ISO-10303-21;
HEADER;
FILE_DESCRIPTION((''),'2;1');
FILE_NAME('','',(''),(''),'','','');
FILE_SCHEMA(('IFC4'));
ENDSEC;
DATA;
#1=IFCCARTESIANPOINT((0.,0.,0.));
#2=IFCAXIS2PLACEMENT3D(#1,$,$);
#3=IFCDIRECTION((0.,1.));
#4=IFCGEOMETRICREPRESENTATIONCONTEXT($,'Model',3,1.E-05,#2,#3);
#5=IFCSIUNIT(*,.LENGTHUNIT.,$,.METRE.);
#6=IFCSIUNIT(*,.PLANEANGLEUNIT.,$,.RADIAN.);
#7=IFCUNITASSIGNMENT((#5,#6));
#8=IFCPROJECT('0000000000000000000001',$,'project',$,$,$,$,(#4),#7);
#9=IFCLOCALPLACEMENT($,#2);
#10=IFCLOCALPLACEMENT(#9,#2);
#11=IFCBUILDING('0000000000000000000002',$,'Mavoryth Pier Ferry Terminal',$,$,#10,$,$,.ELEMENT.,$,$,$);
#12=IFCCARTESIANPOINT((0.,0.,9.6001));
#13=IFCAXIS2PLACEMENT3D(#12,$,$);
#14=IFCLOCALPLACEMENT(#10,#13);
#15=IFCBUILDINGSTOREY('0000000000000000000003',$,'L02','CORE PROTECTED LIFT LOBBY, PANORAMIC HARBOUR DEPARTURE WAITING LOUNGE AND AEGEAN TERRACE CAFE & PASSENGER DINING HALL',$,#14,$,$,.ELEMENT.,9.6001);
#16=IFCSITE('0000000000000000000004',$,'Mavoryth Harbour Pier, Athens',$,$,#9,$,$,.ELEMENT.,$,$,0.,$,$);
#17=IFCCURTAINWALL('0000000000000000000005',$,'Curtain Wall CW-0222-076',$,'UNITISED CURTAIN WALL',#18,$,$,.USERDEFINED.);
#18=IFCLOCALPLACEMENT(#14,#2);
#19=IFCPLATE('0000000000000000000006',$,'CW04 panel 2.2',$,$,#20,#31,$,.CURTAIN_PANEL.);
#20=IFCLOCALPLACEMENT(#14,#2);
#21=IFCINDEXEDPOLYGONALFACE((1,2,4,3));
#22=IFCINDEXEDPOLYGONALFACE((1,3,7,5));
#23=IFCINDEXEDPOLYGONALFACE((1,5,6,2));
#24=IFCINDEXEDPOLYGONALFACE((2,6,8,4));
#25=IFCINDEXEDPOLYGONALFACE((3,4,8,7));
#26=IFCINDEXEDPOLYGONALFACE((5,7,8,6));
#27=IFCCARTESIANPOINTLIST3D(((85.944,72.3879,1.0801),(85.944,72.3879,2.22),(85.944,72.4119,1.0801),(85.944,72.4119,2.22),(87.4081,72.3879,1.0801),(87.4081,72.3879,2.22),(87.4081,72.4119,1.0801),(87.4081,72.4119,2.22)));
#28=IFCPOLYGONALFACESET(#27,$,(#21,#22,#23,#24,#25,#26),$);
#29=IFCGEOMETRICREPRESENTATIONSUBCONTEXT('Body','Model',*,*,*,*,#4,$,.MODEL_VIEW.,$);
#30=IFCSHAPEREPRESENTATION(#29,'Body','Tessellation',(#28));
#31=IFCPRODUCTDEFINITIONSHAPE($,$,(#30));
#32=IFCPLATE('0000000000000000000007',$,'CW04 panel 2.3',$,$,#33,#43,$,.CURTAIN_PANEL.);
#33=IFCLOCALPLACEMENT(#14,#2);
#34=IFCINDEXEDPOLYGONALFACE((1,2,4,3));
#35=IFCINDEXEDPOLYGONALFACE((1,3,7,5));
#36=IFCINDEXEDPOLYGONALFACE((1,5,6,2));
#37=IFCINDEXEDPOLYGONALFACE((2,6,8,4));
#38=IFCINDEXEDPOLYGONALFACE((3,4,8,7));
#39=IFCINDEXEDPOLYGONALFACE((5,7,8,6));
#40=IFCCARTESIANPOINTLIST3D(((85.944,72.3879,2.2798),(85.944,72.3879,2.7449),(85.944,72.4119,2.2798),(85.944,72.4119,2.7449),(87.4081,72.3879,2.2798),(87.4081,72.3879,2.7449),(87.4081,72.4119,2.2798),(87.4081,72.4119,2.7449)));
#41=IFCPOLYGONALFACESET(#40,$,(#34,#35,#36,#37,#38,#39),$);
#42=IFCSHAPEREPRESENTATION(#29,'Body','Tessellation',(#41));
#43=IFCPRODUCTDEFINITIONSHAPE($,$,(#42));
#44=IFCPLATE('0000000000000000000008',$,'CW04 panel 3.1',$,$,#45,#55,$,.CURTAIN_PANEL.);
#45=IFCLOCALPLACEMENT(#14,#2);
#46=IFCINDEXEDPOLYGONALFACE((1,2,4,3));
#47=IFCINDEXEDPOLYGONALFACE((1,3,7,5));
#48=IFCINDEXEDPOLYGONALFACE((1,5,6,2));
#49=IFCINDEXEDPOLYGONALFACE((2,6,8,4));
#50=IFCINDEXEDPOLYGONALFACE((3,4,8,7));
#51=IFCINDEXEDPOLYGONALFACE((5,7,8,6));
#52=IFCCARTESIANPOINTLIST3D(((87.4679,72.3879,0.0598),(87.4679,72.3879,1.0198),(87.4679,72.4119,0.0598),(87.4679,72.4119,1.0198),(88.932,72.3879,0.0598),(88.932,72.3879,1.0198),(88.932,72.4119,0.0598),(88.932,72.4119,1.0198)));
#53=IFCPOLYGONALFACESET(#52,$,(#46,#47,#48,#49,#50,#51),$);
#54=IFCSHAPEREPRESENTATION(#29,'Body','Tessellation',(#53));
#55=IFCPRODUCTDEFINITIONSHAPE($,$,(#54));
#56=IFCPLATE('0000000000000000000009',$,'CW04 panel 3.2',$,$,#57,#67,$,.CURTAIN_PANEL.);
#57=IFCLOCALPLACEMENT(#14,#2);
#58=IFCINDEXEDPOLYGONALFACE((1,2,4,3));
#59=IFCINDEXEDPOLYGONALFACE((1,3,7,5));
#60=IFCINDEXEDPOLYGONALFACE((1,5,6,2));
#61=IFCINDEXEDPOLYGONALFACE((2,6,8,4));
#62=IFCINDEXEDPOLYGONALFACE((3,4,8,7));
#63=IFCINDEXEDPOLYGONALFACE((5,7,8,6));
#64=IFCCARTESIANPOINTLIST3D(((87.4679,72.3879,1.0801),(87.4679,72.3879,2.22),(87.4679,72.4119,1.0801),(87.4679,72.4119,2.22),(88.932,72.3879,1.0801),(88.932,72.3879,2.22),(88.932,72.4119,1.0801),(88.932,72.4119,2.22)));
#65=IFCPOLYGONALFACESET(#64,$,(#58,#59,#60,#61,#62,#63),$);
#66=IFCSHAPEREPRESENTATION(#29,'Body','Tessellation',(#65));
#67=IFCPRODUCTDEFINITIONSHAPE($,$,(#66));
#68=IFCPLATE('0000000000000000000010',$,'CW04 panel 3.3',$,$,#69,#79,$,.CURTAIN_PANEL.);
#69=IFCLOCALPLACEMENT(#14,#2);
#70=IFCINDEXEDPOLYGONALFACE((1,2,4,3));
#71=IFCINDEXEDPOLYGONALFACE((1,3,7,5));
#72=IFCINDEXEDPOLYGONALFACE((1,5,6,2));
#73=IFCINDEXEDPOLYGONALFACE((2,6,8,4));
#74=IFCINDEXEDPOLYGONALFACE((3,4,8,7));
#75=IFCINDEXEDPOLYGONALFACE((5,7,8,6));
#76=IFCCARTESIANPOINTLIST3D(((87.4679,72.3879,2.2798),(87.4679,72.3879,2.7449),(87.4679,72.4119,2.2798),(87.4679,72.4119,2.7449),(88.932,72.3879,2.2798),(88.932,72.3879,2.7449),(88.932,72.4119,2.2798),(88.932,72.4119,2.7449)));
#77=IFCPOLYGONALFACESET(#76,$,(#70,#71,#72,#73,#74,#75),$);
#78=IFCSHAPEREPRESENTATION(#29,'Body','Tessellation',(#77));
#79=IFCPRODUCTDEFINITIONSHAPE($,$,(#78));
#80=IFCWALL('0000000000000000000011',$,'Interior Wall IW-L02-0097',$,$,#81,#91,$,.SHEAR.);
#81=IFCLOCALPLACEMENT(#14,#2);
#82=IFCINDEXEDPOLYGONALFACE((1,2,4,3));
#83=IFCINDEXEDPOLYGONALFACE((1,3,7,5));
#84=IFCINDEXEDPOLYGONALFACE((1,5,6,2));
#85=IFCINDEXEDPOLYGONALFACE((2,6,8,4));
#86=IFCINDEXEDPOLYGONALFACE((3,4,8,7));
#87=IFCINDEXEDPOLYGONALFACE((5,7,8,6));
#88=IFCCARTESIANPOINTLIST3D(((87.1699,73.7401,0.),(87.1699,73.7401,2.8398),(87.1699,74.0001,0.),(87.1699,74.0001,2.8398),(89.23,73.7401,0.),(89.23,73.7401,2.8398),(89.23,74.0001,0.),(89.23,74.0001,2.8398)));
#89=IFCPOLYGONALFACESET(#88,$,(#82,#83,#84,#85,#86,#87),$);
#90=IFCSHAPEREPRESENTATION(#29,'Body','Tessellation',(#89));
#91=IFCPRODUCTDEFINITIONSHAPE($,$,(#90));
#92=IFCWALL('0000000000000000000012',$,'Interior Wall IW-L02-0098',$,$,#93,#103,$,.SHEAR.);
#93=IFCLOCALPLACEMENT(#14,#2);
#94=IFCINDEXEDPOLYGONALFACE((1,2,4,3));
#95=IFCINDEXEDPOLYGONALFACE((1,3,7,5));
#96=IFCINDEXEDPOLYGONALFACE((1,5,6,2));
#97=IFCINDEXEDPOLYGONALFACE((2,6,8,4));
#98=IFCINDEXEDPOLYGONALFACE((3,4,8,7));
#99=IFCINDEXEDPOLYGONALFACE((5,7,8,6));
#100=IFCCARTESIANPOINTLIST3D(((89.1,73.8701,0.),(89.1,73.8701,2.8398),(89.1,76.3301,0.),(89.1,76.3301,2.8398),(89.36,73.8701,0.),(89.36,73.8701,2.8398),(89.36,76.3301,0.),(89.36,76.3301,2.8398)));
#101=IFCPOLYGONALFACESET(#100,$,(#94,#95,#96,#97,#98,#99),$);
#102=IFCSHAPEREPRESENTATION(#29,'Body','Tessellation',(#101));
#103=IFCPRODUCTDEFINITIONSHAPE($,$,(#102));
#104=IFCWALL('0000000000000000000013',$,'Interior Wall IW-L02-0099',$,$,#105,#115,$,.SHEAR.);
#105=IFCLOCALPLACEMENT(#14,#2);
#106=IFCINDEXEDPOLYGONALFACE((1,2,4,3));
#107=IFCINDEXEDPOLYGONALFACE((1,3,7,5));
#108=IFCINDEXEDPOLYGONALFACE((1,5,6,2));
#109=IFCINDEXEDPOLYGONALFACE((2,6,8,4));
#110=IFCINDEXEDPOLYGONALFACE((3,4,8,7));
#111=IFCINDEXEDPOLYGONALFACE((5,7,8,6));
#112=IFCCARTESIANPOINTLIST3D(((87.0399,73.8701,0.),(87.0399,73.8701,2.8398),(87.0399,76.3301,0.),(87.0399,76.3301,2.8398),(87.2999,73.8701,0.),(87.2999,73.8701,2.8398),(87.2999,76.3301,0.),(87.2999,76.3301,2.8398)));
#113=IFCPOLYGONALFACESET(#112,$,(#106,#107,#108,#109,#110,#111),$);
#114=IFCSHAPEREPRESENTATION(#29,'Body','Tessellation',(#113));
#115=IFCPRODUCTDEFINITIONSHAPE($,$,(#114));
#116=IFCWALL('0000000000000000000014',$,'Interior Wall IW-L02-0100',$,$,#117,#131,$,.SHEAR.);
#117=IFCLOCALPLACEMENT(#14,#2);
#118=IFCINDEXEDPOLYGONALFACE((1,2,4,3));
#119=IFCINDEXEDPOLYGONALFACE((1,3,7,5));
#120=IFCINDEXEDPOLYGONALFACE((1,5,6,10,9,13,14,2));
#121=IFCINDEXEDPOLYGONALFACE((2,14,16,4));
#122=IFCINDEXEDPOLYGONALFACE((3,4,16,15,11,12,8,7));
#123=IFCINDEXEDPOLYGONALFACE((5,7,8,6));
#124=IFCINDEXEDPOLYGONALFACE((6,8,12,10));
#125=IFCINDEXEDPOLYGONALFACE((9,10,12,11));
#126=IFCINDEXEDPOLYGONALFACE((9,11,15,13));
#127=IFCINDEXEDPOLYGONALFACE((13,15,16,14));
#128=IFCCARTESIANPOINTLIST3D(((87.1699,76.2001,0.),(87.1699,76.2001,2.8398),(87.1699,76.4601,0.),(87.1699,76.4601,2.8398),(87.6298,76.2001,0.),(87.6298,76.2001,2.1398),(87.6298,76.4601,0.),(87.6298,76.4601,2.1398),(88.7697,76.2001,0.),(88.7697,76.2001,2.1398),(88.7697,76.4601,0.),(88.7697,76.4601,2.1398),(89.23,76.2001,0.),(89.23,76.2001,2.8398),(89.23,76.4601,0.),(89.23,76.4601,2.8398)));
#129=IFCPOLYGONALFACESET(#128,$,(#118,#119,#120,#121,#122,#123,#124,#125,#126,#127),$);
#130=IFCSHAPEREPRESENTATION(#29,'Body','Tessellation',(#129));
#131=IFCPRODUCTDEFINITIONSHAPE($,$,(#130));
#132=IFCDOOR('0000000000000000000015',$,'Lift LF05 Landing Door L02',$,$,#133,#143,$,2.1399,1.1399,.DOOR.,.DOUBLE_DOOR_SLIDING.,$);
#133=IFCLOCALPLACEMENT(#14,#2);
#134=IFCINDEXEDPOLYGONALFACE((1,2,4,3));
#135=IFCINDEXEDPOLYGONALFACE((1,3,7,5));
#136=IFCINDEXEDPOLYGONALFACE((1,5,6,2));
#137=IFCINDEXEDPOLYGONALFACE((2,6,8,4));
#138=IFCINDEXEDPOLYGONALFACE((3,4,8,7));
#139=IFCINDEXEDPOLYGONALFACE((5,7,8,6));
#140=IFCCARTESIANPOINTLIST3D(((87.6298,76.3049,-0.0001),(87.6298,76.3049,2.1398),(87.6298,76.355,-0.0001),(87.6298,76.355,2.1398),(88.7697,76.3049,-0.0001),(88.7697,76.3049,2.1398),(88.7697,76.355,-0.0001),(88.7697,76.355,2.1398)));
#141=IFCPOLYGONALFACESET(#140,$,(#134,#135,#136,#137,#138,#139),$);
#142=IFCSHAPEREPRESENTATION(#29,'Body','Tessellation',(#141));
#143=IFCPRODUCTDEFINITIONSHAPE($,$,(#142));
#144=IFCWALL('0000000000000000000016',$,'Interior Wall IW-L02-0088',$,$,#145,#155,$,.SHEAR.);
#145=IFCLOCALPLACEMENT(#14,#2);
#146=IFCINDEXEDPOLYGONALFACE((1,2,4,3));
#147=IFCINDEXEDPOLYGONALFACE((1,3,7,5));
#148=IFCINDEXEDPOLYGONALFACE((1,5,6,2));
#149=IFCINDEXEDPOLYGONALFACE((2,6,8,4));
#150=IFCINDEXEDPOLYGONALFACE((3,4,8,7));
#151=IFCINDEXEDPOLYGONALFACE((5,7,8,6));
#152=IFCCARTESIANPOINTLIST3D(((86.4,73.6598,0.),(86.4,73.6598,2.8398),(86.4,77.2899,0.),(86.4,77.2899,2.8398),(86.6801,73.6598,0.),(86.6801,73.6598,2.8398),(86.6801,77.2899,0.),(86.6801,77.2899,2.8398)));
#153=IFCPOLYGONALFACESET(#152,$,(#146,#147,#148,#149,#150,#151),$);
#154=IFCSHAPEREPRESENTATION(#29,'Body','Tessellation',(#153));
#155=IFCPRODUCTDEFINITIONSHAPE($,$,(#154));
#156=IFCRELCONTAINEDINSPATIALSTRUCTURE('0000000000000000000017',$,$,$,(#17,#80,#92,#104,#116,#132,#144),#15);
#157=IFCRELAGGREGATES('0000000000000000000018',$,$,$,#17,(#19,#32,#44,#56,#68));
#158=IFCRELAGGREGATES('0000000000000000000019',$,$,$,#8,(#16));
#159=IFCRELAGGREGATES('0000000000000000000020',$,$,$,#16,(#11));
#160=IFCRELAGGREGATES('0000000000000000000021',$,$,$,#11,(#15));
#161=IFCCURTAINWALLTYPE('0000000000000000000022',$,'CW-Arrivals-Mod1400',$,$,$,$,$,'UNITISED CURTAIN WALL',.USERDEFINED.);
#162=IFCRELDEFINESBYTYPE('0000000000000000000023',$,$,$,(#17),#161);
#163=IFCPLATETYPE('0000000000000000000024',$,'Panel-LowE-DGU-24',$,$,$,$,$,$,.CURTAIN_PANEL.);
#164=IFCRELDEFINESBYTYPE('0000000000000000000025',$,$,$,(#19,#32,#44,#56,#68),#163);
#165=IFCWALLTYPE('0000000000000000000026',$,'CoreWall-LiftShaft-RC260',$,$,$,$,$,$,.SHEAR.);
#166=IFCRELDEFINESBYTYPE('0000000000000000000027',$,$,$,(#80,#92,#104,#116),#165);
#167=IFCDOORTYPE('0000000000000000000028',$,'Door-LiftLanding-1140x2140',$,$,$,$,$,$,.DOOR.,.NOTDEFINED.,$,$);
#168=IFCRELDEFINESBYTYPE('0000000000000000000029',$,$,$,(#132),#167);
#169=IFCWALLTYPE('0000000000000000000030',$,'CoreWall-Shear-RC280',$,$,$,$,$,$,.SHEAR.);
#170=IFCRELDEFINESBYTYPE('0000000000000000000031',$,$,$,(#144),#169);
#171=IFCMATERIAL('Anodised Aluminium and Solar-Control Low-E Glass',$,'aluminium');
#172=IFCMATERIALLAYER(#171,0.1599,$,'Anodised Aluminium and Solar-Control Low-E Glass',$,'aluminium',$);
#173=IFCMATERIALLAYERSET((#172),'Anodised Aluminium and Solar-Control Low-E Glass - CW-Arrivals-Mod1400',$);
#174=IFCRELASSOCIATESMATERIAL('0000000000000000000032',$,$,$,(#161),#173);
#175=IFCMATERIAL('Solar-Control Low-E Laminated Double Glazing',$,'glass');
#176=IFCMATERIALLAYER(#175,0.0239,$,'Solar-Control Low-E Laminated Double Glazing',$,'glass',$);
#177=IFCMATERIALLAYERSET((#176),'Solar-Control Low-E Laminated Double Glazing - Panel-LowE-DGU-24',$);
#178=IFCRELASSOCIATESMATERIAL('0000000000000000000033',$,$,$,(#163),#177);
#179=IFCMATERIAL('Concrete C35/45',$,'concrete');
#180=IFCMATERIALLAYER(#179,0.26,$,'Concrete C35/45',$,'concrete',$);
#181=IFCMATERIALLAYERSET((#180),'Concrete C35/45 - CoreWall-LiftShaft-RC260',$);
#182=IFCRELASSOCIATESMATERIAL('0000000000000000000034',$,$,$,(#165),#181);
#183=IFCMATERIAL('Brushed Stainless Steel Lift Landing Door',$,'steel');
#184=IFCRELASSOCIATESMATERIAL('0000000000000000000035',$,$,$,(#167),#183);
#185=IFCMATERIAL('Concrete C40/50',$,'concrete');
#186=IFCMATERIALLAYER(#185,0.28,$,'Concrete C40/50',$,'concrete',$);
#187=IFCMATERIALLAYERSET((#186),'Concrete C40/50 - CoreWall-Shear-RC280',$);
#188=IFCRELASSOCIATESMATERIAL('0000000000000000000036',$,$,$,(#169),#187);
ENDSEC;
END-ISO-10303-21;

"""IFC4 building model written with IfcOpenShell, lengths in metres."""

from ifc_helpers import new_model, si_unit, direction, frame, frame_2d, origin, origin_2d, place, context, subcontext, project, spatial, rectangle, extrude, material, layer, layer_set, type_object, element, fill, aggregate, save


model = new_model("IFC4")

# Units and contexts
model_context = context("Model", 3, precision=1e-05, world=origin(), true_north=direction((0.0, 1.0)))
body_context = subcontext(model_context, "Body", "Model", "MODEL_VIEW")
ifc_project = project(units=[si_unit("LENGTHUNIT", "METRE"), si_unit("PLANEANGLEUNIT", "RADIAN")], contexts=[model_context])

# Site, building, storey
site_placement = place(None, origin())
site = spatial("IfcSite", under=ifc_project, at=site_placement, Name="Mavoryth Harbour Pier, Athens", CompositionType="ELEMENT", RefElevation=0.0)
building_placement = place(site_placement, origin())
building = spatial("IfcBuilding", under=site, at=building_placement, Name="Mavoryth Pier Ferry Terminal", CompositionType="ELEMENT")
storey_placement = place(building_placement, frame((0.0, 0.0, 9.6001)))
storey = spatial("IfcBuildingStorey", under=building, at=storey_placement, Name="L02", Description="CORE PROTECTED LIFT LOBBY, PANORAMIC HARBOUR DEPARTURE WAITING LOUNGE AND AEGEAN TERRACE CAFE & PASSENGER DINING HALL", CompositionType="ELEMENT", Elevation=9.6001)

# Shared definitions
ifc_material_1 = material(Name="Concrete C35/45", Category="concrete")

# Curtain wall
ifc_material_2 = material(Name="Anodised Aluminium and Solar-Control Low-E Glass", Category="aluminium")
ifc_layer_1 = layer(ifc_material_2, 0.1599, Name="Anodised Aluminium and Solar-Control Low-E Glass", Category="aluminium")
ifc_layer_set_1 = layer_set([ifc_layer_1], Name="Anodised Aluminium and Solar-Control Low-E Glass - CW-Arrivals-Mod1400")
curtain_wall_type = type_object("IfcCurtainWallType", Name="CW-Arrivals-Mod1400", ElementType="UNITISED CURTAIN WALL", PredefinedType="USERDEFINED", material=ifc_layer_set_1)
curtain_wall_placement = place(storey_placement, origin())
curtain_wall = element("IfcCurtainWall", 1, at=curtain_wall_placement, inside=storey, type_object=curtain_wall_type, Name="Curtain Wall CW-0222-076", ObjectType="UNITISED CURTAIN WALL", PredefinedType="USERDEFINED")

# Plates
ifc_material_3 = material(Name="Solar-Control Low-E Laminated Double Glazing", Category="glass")
ifc_layer_2 = layer(ifc_material_3, 0.0239, Name="Solar-Control Low-E Laminated Double Glazing", Category="glass")
ifc_layer_set_2 = layer_set([ifc_layer_2], Name="Solar-Control Low-E Laminated Double Glazing - Panel-LowE-DGU-24")
plate_type = type_object("IfcPlateType", Name="Panel-LowE-DGU-24", PredefinedType="CURTAIN_PANEL", material=ifc_layer_set_2)
plate_1_placement = place(storey_placement, frame((86.676, 72.3999, 1.0801), z_axis=(0.0, 0.0, 1.0), x_axis=(1.0, 0.0, 0.0)))
plate_1 = element("IfcPlate", 2, at=plate_1_placement, type_object=plate_type, Name="CW04 panel 2.2", PredefinedType="CURTAIN_PANEL", context=body_context, shape_type="SweptSolid", body=[
    extrude(rectangle(XDim=1.4641, YDim=0.0239, at=origin_2d()), origin(), (0.0, 0.0, 1.0), 1.1399),
])
plate_2_placement = place(storey_placement, frame((86.676, 72.3999, 2.2798), z_axis=(0.0, 0.0, 1.0), x_axis=(1.0, 0.0, 0.0)))
plate_2 = element("IfcPlate", 3, at=plate_2_placement, type_object=plate_type, Name="CW04 panel 2.3", PredefinedType="CURTAIN_PANEL", context=body_context, shape_type="SweptSolid", body=[
    extrude(rectangle(XDim=1.4641, YDim=0.0239, at=origin_2d()), origin(), (0.0, 0.0, 1.0), 0.4651),
])
plate_3_placement = place(storey_placement, frame((88.2, 72.3999, 0.0598), z_axis=(0.0, 0.0, 1.0), x_axis=(1.0, 0.0, 0.0)))
plate_3 = element("IfcPlate", 4, at=plate_3_placement, type_object=plate_type, Name="CW04 panel 3.1", PredefinedType="CURTAIN_PANEL", context=body_context, shape_type="SweptSolid", body=[
    extrude(rectangle(XDim=1.4641, YDim=0.0239, at=origin_2d()), origin(), (0.0, 0.0, 1.0), 0.96),
])
plate_4_placement = place(storey_placement, frame((88.2, 72.3999, 1.0801), z_axis=(0.0, 0.0, 1.0), x_axis=(1.0, 0.0, 0.0)))
plate_4 = element("IfcPlate", 5, at=plate_4_placement, type_object=plate_type, Name="CW04 panel 3.2", PredefinedType="CURTAIN_PANEL", context=body_context, shape_type="SweptSolid", body=[
    extrude(rectangle(XDim=1.4641, YDim=0.0239, at=origin_2d()), origin(), (0.0, 0.0, 1.0), 1.1399),
])
plate_5_placement = place(storey_placement, frame((88.2, 72.3999, 2.2798), z_axis=(0.0, 0.0, 1.0), x_axis=(1.0, 0.0, 0.0)))
plate_5 = element("IfcPlate", 6, at=plate_5_placement, type_object=plate_type, Name="CW04 panel 3.3", PredefinedType="CURTAIN_PANEL", context=body_context, shape_type="SweptSolid", body=[
    extrude(rectangle(XDim=1.4641, YDim=0.0239, at=origin_2d()), origin(), (0.0, 0.0, 1.0), 0.4651),
])
aggregate(curtain_wall, [plate_1, plate_2, plate_3, plate_4, plate_5])

# Walls
ifc_layer_3 = layer(ifc_material_1, 0.26, Name="Concrete C35/45", Category="concrete")
ifc_layer_set_3 = layer_set([ifc_layer_3], Name="Concrete C35/45 - CoreWall-LiftShaft-RC260")
wall_type_1 = type_object("IfcWallType", Name="CoreWall-LiftShaft-RC260", PredefinedType="SHEAR", material=ifc_layer_set_3)
wall_1_placement = place(storey_placement, frame((87.1699, 73.8701, 0.0), z_axis=(0.0, 0.0, 1.0), x_axis=(1.0, 0.0, 0.0)))
element("IfcWall", 7, at=wall_1_placement, inside=storey, type_object=wall_type_1, Name="Interior Wall IW-L02-0097", PredefinedType="SHEAR", context=body_context, shape_type="SweptSolid", body=[
    extrude(rectangle(XDim=2.0601, YDim=0.26, at=frame_2d((1.03, 0.0))), origin(), (0.0, 0.0, 1.0), 2.8398),
])
for number, where, z_axis, x_axis, name in (
    (8, (89.23, 73.8701, 0.0), (0.0, 0.0, 1.0), (0.0, 1.0, 0.0), "Interior Wall IW-L02-0098"),
    (9, (87.1699, 76.3301, 0.0), (0.0, 0.0, 1.0), (0.0, -1.0, 0.0), "Interior Wall IW-L02-0099"),
):
    element("IfcWall", number, at=place(storey_placement, frame(where, z_axis=z_axis, x_axis=x_axis)), inside=storey, type_object=wall_type_1, Name=name, PredefinedType="SHEAR", context=body_context, shape_type="SweptSolid", body=[
        extrude(rectangle(XDim=2.46, YDim=0.26, at=frame_2d((1.23, 0.0))), origin(), (0.0, 0.0, 1.0), 2.8398),
    ])

# Wall, opening, door
wall_2_placement = place(storey_placement, frame((87.1699, 76.3301, 0.0), z_axis=(0.0, 0.0, 1.0), x_axis=(1.0, 0.0, 0.0)))
wall_2 = element("IfcWall", 10, at=wall_2_placement, inside=storey, type_object=wall_type_1, Name="Interior Wall IW-L02-0100", PredefinedType="SHEAR", context=body_context, shape_type="SweptSolid", body=[
    extrude(rectangle(XDim=2.0601, YDim=0.26, at=frame_2d((1.03, 0.0))), origin(), (0.0, 0.0, 1.0), 2.8398),
])
opening_placement = place(wall_2_placement, frame((0.46, 0.0, 0.0)))
opening = element("IfcOpeningElement", 11, at=opening_placement, cuts=wall_2, PredefinedType="OPENING", context=body_context, shape_type="SweptSolid", body=[
    extrude(rectangle(XDim=1.1399, YDim=2.1399, at=frame_2d((0.5698, 1.0698))), frame((0.0, 0.1399, 0.0), z_axis=(0.0, -1.0, 0.0), x_axis=(1.0, 0.0, 0.0)), (0.0, 0.0, 1.0), 0.28),
])
ifc_material_4 = material(Name="Brushed Stainless Steel Lift Landing Door", Category="steel")
door_type = type_object("IfcDoorType", Name="Door-LiftLanding-1140x2140", OperationType="NOTDEFINED", PredefinedType="DOOR", material=ifc_material_4)
door_placement = place(opening_placement, origin())
door = element("IfcDoor", 12, at=door_placement, inside=storey, type_object=door_type, Name="Lift LF05 Landing Door L02", OperationType="DOUBLE_DOOR_SLIDING", OverallHeight=2.1399, OverallWidth=1.1399, PredefinedType="DOOR", context=body_context, shape_type="SweptSolid", body=[
    extrude(rectangle(XDim=1.1399, YDim=2.1399, at=frame_2d((0.5698, 1.0698))), frame((0.0, 0.0249, 0.0), z_axis=(0.0, -1.0, 0.0), x_axis=(1.0, 0.0, 0.0)), (0.0, 0.0, 1.0), 0.05),
])
fill(opening, door)

# Wall
ifc_material_5 = material(Name="Concrete C40/50", Category="concrete")
ifc_layer_4 = layer(ifc_material_5, 0.28, Name="Concrete C40/50", Category="concrete")
ifc_layer_set_4 = layer_set([ifc_layer_4], Name="Concrete C40/50 - CoreWall-Shear-RC280")
wall_type_2 = type_object("IfcWallType", Name="CoreWall-Shear-RC280", PredefinedType="SHEAR", material=ifc_layer_set_4)
wall_3_placement = place(storey_placement, frame((86.54, 73.6599, 0.0), z_axis=(0.0, 0.0, 1.0), x_axis=(0.0, 1.0, 0.0)))
element("IfcWall", 13, at=wall_3_placement, inside=storey, type_object=wall_type_2, Name="Interior Wall IW-L02-0088", PredefinedType="SHEAR", context=body_context, shape_type="SweptSolid", body=[
    extrude(rectangle(XDim=3.6301, YDim=0.28, at=frame_2d((1.8149, 0.0))), origin(), (0.0, 0.0, 1.0), 2.8398),
])

save(model, "model.ifc")
